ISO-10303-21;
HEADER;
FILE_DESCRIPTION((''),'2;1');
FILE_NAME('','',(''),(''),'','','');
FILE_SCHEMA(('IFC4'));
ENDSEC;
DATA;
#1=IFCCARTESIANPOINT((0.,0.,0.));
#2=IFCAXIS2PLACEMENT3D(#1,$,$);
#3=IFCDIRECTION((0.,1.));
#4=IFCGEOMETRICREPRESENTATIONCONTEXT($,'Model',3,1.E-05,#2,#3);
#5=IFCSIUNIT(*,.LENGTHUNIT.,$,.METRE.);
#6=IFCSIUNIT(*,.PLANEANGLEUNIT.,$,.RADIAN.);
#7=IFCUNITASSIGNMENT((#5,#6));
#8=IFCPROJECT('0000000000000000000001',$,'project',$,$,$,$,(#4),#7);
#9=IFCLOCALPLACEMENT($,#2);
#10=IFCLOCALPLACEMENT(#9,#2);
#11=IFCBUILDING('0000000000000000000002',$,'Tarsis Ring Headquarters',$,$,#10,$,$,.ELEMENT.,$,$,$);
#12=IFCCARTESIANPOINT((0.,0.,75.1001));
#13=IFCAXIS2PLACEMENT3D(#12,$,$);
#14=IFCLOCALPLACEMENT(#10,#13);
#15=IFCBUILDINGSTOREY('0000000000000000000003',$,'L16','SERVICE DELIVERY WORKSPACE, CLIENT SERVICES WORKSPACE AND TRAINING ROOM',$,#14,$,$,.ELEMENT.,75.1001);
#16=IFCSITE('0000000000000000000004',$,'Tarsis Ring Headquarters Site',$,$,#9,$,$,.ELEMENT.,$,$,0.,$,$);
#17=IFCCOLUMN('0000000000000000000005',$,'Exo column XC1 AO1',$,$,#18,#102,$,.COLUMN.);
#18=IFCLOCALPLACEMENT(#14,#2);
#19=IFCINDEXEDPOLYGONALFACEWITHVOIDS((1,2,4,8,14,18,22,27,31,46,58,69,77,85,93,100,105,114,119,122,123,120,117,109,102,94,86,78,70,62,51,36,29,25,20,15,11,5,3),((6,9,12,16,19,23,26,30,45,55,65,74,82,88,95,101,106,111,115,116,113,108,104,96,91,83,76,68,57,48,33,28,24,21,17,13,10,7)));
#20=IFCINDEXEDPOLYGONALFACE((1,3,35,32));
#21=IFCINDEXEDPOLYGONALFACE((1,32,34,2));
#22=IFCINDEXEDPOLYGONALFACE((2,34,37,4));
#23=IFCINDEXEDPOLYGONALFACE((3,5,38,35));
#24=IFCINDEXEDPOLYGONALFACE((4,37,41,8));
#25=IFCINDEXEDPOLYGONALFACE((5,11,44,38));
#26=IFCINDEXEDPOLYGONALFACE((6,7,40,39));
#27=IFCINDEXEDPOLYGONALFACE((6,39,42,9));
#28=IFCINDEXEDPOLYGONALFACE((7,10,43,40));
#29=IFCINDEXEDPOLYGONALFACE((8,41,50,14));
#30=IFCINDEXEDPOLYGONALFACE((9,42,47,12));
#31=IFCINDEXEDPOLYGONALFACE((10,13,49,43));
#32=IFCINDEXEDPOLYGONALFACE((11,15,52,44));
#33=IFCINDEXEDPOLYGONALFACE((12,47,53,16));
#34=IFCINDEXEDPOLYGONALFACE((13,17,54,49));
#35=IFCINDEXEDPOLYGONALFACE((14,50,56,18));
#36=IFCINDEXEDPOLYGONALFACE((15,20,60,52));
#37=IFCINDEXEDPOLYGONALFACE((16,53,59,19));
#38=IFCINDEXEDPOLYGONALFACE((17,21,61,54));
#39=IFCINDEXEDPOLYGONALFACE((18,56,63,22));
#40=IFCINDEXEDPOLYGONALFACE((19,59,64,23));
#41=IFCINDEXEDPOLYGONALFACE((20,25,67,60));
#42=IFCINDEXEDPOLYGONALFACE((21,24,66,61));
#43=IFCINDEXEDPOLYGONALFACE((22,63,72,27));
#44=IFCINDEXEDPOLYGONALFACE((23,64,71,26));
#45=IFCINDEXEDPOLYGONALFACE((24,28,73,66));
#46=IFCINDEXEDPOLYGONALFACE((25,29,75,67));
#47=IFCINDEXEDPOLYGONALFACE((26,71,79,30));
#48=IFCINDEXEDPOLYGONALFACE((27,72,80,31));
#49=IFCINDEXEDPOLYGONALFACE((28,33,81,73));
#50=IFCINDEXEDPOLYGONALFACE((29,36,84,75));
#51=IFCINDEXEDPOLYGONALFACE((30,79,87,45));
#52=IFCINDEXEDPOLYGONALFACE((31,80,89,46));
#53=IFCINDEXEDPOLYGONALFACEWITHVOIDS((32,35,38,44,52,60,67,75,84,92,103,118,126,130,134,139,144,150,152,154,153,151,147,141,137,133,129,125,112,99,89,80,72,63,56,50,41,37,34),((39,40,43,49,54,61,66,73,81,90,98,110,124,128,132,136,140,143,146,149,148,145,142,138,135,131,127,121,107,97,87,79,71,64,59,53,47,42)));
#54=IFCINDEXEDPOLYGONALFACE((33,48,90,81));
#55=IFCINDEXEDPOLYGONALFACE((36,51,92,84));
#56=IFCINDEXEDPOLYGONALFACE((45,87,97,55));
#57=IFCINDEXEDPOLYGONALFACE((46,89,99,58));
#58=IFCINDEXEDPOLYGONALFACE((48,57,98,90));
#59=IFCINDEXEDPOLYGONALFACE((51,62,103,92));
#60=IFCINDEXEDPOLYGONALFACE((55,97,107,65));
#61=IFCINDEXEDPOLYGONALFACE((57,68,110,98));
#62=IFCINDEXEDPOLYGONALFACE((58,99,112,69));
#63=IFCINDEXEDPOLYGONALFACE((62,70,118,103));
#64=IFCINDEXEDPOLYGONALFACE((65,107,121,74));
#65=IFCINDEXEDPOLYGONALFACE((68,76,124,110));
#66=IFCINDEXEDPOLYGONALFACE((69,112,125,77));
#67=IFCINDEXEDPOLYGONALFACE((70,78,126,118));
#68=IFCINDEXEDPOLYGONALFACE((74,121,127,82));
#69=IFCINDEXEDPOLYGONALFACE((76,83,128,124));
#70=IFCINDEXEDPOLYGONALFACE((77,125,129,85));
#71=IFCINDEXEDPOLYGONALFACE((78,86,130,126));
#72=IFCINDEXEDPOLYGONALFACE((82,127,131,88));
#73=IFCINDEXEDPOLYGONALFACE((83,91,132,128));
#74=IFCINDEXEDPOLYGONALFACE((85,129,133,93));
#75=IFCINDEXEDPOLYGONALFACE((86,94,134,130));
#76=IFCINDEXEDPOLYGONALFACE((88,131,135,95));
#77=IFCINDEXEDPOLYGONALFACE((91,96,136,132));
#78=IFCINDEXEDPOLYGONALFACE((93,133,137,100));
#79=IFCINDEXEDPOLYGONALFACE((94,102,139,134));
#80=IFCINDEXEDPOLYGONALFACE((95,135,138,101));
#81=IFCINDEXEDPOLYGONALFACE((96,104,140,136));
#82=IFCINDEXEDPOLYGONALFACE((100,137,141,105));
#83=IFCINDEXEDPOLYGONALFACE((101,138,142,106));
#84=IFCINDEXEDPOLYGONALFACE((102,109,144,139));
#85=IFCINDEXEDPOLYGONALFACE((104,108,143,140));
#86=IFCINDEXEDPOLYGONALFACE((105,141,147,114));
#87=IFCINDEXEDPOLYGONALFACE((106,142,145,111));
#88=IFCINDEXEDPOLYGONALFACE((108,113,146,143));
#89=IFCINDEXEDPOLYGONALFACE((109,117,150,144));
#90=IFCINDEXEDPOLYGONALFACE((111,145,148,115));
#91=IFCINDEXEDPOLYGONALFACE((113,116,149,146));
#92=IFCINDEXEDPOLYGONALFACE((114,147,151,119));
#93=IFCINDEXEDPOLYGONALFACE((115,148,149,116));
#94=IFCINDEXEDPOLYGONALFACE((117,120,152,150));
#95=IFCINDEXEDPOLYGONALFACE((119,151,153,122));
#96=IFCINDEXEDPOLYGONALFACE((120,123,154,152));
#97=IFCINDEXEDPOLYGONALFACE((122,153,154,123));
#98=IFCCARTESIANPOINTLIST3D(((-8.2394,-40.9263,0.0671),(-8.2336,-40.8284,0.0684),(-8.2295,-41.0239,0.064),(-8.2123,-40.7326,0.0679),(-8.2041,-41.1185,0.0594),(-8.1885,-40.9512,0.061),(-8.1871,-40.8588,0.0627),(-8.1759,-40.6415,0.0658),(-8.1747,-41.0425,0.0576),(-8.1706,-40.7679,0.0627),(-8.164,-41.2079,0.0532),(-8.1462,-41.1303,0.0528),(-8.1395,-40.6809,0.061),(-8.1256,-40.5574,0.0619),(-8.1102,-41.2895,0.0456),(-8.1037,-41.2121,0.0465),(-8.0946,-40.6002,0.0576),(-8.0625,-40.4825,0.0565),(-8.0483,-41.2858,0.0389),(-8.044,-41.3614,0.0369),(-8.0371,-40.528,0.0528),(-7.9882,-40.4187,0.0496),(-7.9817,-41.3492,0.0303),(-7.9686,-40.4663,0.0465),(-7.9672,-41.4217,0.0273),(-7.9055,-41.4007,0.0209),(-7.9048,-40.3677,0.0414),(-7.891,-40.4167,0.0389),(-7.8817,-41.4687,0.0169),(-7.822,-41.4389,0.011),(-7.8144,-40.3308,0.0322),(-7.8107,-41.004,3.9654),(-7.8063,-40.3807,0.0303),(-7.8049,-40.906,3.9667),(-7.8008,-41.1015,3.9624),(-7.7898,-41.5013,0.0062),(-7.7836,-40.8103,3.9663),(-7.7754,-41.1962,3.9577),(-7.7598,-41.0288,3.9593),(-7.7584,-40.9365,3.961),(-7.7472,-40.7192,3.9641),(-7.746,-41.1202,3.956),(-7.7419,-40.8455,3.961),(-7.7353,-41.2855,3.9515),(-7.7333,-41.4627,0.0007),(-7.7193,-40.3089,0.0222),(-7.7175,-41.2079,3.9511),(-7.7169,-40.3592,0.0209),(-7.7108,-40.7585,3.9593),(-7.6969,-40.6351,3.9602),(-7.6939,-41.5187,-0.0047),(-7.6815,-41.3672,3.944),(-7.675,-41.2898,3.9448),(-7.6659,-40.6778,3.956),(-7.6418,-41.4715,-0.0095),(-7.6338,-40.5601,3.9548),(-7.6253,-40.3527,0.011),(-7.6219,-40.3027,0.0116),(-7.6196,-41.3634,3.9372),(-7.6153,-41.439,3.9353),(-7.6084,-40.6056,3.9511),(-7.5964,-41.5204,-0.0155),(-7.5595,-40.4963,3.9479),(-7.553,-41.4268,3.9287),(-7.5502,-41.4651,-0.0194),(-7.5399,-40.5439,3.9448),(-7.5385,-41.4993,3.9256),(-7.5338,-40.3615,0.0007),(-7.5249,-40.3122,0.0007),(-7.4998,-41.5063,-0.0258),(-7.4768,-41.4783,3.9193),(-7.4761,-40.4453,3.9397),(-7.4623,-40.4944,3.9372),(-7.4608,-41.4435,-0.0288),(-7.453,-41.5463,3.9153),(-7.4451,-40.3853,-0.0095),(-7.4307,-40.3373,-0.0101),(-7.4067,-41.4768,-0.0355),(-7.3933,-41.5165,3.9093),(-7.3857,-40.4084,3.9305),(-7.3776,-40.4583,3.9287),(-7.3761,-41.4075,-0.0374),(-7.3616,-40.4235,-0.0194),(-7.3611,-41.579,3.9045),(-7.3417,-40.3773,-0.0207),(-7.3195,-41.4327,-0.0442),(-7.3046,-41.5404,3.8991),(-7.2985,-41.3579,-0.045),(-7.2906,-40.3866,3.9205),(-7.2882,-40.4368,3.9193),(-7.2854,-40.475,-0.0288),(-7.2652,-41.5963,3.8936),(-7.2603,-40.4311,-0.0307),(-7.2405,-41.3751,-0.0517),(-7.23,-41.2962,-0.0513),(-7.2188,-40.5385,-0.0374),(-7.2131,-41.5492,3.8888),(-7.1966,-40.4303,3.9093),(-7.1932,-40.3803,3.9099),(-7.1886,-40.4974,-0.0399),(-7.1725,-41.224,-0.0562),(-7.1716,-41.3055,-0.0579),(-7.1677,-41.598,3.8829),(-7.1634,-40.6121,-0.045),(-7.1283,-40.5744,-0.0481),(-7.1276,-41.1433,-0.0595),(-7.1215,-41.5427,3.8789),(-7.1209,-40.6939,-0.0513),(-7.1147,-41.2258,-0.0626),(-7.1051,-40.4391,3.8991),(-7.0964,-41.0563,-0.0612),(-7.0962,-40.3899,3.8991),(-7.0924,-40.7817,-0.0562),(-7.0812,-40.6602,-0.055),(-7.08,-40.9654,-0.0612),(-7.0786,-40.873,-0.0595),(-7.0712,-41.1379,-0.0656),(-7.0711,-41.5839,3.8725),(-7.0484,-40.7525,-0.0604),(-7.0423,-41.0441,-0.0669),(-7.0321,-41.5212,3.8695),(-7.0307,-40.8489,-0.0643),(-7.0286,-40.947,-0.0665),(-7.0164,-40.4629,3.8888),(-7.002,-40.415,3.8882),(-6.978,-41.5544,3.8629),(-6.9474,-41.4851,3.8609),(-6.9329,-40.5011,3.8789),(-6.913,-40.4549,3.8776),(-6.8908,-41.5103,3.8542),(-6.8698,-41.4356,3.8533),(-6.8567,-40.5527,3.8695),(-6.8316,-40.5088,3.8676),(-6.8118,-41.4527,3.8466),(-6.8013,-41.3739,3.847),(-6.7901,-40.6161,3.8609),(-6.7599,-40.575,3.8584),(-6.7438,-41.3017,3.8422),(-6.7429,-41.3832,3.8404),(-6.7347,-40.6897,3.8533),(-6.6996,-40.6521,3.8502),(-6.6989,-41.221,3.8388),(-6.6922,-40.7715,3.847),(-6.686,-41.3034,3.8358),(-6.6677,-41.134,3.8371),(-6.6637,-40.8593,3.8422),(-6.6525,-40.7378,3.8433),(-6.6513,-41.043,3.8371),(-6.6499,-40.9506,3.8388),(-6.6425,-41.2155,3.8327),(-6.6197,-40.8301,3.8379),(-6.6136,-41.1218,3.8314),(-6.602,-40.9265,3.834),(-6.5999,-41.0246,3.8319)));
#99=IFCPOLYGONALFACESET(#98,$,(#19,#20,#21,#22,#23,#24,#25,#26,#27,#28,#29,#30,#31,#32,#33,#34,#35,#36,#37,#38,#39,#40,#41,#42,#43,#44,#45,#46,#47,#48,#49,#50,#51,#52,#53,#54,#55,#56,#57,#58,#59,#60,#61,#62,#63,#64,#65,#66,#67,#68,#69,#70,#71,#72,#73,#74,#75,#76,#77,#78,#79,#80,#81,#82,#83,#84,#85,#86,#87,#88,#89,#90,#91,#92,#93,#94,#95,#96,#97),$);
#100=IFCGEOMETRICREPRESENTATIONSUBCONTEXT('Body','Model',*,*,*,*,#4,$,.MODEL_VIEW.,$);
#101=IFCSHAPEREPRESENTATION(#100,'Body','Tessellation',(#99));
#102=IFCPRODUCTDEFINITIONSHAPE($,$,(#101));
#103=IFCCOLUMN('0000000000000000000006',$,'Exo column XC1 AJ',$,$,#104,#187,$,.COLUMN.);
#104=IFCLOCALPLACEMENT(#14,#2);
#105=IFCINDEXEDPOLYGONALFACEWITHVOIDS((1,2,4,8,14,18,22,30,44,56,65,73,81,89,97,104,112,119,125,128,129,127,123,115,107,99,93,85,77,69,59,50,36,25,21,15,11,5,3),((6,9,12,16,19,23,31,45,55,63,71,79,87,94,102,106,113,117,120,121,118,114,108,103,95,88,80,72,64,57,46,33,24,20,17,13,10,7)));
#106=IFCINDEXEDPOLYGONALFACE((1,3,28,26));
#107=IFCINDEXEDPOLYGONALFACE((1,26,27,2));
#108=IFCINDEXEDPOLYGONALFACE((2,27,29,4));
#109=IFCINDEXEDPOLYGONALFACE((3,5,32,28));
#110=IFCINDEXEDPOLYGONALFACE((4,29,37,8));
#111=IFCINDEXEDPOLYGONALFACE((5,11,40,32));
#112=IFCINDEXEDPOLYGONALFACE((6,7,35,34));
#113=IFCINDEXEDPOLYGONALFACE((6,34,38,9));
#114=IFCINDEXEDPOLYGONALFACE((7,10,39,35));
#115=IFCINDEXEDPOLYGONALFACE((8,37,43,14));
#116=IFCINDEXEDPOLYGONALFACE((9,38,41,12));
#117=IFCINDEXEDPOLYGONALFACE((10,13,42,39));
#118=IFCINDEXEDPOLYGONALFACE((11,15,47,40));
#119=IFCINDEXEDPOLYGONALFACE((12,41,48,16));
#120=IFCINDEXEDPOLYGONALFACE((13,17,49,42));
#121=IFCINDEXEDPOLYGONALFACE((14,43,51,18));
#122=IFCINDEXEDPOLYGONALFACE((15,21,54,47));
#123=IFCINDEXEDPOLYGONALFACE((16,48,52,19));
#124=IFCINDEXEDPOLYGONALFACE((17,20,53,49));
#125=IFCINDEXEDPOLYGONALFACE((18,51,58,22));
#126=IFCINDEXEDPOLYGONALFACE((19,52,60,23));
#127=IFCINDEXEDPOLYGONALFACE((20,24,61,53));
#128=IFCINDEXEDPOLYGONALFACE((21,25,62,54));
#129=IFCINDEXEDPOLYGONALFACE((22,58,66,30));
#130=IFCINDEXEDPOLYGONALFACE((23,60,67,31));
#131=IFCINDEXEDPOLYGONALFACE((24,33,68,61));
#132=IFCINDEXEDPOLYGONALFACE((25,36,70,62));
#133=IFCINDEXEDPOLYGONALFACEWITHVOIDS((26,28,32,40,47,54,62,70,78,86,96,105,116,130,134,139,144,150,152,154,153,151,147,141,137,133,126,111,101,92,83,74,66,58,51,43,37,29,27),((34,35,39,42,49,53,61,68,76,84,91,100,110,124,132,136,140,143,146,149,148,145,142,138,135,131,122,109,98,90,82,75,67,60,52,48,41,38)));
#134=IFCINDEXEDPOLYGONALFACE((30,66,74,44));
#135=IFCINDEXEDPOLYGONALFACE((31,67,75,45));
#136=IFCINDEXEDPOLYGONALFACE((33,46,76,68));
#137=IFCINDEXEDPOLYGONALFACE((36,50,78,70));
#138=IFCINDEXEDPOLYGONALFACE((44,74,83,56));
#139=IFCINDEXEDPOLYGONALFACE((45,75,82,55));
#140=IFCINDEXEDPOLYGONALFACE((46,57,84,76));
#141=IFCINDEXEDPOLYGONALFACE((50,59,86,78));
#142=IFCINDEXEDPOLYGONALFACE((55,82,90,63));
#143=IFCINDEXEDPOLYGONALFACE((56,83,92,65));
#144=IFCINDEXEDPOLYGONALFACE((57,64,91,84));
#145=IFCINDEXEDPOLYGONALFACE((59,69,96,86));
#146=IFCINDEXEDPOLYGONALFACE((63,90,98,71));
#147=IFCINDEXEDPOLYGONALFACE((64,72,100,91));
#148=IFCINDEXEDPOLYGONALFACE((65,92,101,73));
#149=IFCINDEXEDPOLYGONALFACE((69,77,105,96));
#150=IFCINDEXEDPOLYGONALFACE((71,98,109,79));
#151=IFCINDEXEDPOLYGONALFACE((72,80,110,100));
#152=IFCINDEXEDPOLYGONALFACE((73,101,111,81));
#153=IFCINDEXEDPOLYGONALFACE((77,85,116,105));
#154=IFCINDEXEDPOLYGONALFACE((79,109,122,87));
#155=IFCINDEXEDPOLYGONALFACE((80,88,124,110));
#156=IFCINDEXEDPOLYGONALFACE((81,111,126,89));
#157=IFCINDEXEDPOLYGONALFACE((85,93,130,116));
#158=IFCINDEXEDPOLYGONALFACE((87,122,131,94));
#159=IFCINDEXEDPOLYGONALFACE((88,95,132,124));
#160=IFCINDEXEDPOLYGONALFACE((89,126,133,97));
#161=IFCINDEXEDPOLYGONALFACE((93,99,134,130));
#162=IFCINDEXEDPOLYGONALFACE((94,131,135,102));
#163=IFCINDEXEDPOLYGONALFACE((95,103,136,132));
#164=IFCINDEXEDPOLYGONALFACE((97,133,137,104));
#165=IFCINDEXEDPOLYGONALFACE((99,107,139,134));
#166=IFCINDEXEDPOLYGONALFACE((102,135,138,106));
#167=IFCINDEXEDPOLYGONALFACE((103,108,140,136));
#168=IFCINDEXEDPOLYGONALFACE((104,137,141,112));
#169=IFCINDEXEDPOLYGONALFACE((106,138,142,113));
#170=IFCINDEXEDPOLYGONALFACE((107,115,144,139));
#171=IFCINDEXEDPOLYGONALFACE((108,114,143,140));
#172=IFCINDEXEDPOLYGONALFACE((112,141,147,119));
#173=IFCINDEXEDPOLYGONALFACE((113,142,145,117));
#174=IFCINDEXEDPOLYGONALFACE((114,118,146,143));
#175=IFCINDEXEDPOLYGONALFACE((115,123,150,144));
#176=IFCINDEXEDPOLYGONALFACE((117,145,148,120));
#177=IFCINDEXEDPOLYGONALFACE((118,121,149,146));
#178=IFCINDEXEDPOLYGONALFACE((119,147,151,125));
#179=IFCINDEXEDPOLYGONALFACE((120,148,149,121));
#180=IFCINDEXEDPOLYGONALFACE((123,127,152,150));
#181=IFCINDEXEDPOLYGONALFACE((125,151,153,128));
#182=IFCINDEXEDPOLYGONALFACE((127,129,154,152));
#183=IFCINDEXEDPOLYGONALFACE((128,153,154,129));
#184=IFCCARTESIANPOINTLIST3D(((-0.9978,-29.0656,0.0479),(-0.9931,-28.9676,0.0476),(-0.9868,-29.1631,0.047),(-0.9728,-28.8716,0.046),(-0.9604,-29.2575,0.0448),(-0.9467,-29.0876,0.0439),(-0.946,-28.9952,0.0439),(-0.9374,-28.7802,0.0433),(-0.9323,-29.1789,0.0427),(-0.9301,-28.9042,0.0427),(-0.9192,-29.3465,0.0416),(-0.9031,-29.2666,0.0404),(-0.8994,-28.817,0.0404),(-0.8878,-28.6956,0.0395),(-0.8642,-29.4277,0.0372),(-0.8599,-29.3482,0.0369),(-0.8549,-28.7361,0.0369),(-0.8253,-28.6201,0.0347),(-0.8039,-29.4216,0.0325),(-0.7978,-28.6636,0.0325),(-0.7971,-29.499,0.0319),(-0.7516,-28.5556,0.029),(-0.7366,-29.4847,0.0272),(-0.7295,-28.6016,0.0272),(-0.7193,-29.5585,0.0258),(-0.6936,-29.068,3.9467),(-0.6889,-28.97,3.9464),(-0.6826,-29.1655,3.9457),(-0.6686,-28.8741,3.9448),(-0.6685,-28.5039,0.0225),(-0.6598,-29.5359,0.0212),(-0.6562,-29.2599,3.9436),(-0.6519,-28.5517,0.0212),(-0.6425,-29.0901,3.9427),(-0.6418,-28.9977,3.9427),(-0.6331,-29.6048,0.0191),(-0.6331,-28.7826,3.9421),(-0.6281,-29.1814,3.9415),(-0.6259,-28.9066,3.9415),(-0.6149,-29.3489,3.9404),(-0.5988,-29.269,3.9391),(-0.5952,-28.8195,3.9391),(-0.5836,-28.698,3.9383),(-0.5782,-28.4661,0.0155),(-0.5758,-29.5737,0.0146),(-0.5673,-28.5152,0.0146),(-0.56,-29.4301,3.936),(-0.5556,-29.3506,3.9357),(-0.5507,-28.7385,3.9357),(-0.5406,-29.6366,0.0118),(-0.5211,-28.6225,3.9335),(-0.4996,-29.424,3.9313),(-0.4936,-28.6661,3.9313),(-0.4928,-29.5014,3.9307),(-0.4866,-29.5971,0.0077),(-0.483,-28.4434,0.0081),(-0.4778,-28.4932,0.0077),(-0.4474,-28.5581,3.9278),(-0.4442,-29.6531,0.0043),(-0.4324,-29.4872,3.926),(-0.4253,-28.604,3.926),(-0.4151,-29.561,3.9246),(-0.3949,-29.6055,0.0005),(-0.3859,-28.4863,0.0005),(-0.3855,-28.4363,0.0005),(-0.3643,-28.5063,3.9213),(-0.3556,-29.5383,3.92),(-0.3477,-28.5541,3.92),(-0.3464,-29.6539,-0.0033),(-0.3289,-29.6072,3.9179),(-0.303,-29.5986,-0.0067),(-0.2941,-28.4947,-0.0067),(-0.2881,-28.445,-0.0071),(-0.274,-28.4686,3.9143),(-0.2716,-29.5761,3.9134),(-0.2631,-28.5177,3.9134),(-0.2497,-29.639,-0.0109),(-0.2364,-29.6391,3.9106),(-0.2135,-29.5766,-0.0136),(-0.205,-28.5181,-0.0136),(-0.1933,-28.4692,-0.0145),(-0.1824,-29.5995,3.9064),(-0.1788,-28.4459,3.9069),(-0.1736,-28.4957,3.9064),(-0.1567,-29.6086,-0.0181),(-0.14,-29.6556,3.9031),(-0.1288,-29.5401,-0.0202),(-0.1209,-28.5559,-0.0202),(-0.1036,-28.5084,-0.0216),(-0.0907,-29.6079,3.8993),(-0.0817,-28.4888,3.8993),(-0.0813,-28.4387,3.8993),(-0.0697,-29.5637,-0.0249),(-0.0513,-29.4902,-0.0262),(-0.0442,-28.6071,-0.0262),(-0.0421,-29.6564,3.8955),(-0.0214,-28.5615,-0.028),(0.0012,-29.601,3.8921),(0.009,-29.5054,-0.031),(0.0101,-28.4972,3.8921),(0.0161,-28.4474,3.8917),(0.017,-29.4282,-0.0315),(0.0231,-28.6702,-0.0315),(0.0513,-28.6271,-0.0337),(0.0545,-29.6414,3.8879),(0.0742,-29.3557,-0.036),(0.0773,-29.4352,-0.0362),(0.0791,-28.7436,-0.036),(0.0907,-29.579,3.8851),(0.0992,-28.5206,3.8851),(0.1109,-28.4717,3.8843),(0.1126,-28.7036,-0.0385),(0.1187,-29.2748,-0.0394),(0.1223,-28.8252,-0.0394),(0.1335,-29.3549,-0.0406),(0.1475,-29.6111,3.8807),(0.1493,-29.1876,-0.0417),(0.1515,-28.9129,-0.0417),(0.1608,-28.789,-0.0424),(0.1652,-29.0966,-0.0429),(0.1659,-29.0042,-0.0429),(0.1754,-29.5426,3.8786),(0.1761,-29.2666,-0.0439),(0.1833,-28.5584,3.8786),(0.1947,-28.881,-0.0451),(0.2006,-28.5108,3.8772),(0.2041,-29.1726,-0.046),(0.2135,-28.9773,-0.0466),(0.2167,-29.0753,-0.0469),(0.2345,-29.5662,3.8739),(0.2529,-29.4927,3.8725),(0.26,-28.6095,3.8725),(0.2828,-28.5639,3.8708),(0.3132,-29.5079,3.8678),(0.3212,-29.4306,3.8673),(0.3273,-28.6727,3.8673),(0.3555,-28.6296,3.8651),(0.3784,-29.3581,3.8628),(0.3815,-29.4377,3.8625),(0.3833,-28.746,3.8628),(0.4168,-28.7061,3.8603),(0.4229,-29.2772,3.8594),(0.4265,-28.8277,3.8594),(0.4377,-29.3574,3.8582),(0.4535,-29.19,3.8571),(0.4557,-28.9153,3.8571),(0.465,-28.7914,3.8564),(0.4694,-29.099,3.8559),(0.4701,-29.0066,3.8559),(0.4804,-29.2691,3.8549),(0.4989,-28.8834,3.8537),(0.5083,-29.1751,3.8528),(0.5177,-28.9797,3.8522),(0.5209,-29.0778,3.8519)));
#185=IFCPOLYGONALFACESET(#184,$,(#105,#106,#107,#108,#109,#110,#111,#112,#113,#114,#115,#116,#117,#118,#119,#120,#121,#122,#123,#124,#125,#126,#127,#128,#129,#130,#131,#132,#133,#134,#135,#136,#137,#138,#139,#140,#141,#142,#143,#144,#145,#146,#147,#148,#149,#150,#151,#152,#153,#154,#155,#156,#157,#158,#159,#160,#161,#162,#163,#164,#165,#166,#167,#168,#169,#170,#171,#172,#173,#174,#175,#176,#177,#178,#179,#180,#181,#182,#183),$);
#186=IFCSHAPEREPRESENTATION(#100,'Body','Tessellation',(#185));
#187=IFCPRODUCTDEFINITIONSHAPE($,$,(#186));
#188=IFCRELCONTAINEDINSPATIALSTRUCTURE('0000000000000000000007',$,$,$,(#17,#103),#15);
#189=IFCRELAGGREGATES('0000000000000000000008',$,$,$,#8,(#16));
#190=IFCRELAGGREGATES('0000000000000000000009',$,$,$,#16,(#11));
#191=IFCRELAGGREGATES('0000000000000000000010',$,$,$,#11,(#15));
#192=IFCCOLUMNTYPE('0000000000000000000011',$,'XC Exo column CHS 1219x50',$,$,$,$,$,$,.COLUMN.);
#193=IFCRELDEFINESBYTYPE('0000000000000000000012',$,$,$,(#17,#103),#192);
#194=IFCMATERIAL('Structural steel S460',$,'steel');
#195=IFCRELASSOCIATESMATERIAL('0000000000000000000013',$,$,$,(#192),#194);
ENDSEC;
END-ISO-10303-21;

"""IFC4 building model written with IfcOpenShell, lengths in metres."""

from ifc_helpers import new_model, si_unit, direction, frame, origin, origin_2d, place, context, subcontext, project, spatial, hollow_circle, extrude, material, material_profile, profile_set, type_object, element, save


model = new_model("IFC4")

# Units and contexts
model_context = context("Model", 3, precision=1e-05, world=origin(), true_north=direction((0.0, 1.0)))
body_context = subcontext(model_context, "Body", "Model", "MODEL_VIEW")
ifc_project = project(units=[si_unit("LENGTHUNIT", "METRE"), si_unit("PLANEANGLEUNIT", "RADIAN")], contexts=[model_context])

# Site, building, storey
site_placement = place(None, origin())
site = spatial("IfcSite", under=ifc_project, at=site_placement, Name="Tarsis Ring Headquarters Site", CompositionType="ELEMENT", RefElevation=0.0)
building_placement = place(site_placement, origin())
building = spatial("IfcBuilding", under=site, at=building_placement, Name="Tarsis Ring Headquarters", CompositionType="ELEMENT")
storey_placement = place(building_placement, frame((0.0, 0.0, 75.1001)))
storey = spatial("IfcBuildingStorey", under=building, at=storey_placement, Name="L16", Description="SERVICE DELIVERY WORKSPACE, CLIENT SERVICES WORKSPACE AND TRAINING ROOM", CompositionType="ELEMENT", Elevation=75.1001)

# Columns
ifc_material_1 = material(Name="Structural steel S460", Category="steel")
ifc_material_profile_1 = material_profile(ifc_material_1, hollow_circle(Radius=0.6096, WallThickness=0.05, at=origin_2d()), Name="CHS 1219x50")
ifc_profile_set_1 = profile_set([ifc_material_profile_1], Name="Structural steel S460")
column_type = type_object("IfcColumnType", Name="XC Exo column CHS 1219x50", PredefinedType="COLUMN", material=ifc_profile_set_1)
column_1_placement = place(storey_placement, frame((-7.6335, -40.9121, 0.0007), z_axis=(0.10929, -0.019792, 0.993813), x_axis=(0.178195, 0.983995, 0.0)))
element("IfcColumn", 1, at=column_1_placement, inside=storey, type_object=column_type, Name="Exo column XC1 AO1", PredefinedType="COLUMN", context=body_context, shape_type="SweptSolid", body=[
    extrude(hollow_circle(Radius=0.6096, WallThickness=0.05, at=origin_2d()), origin(), (0.0, 0.0, 1.0), 3.9226),
])
column_2_placement = place(storey_placement, frame((-0.3904, -29.0459, 0.0005), z_axis=(0.07779, -0.000624, 0.99697), x_axis=(0.008025, 0.999968, 0.0)))
element("IfcColumn", 2, at=column_2_placement, inside=storey, type_object=column_type, Name="Exo column XC1 AJ", PredefinedType="COLUMN", context=body_context, shape_type="SweptSolid", body=[
    extrude(hollow_circle(Radius=0.6096, WallThickness=0.05, at=origin_2d()), origin(), (0.0, 0.0, 1.0), 3.9106),
])

save(model, "model.ifc")
